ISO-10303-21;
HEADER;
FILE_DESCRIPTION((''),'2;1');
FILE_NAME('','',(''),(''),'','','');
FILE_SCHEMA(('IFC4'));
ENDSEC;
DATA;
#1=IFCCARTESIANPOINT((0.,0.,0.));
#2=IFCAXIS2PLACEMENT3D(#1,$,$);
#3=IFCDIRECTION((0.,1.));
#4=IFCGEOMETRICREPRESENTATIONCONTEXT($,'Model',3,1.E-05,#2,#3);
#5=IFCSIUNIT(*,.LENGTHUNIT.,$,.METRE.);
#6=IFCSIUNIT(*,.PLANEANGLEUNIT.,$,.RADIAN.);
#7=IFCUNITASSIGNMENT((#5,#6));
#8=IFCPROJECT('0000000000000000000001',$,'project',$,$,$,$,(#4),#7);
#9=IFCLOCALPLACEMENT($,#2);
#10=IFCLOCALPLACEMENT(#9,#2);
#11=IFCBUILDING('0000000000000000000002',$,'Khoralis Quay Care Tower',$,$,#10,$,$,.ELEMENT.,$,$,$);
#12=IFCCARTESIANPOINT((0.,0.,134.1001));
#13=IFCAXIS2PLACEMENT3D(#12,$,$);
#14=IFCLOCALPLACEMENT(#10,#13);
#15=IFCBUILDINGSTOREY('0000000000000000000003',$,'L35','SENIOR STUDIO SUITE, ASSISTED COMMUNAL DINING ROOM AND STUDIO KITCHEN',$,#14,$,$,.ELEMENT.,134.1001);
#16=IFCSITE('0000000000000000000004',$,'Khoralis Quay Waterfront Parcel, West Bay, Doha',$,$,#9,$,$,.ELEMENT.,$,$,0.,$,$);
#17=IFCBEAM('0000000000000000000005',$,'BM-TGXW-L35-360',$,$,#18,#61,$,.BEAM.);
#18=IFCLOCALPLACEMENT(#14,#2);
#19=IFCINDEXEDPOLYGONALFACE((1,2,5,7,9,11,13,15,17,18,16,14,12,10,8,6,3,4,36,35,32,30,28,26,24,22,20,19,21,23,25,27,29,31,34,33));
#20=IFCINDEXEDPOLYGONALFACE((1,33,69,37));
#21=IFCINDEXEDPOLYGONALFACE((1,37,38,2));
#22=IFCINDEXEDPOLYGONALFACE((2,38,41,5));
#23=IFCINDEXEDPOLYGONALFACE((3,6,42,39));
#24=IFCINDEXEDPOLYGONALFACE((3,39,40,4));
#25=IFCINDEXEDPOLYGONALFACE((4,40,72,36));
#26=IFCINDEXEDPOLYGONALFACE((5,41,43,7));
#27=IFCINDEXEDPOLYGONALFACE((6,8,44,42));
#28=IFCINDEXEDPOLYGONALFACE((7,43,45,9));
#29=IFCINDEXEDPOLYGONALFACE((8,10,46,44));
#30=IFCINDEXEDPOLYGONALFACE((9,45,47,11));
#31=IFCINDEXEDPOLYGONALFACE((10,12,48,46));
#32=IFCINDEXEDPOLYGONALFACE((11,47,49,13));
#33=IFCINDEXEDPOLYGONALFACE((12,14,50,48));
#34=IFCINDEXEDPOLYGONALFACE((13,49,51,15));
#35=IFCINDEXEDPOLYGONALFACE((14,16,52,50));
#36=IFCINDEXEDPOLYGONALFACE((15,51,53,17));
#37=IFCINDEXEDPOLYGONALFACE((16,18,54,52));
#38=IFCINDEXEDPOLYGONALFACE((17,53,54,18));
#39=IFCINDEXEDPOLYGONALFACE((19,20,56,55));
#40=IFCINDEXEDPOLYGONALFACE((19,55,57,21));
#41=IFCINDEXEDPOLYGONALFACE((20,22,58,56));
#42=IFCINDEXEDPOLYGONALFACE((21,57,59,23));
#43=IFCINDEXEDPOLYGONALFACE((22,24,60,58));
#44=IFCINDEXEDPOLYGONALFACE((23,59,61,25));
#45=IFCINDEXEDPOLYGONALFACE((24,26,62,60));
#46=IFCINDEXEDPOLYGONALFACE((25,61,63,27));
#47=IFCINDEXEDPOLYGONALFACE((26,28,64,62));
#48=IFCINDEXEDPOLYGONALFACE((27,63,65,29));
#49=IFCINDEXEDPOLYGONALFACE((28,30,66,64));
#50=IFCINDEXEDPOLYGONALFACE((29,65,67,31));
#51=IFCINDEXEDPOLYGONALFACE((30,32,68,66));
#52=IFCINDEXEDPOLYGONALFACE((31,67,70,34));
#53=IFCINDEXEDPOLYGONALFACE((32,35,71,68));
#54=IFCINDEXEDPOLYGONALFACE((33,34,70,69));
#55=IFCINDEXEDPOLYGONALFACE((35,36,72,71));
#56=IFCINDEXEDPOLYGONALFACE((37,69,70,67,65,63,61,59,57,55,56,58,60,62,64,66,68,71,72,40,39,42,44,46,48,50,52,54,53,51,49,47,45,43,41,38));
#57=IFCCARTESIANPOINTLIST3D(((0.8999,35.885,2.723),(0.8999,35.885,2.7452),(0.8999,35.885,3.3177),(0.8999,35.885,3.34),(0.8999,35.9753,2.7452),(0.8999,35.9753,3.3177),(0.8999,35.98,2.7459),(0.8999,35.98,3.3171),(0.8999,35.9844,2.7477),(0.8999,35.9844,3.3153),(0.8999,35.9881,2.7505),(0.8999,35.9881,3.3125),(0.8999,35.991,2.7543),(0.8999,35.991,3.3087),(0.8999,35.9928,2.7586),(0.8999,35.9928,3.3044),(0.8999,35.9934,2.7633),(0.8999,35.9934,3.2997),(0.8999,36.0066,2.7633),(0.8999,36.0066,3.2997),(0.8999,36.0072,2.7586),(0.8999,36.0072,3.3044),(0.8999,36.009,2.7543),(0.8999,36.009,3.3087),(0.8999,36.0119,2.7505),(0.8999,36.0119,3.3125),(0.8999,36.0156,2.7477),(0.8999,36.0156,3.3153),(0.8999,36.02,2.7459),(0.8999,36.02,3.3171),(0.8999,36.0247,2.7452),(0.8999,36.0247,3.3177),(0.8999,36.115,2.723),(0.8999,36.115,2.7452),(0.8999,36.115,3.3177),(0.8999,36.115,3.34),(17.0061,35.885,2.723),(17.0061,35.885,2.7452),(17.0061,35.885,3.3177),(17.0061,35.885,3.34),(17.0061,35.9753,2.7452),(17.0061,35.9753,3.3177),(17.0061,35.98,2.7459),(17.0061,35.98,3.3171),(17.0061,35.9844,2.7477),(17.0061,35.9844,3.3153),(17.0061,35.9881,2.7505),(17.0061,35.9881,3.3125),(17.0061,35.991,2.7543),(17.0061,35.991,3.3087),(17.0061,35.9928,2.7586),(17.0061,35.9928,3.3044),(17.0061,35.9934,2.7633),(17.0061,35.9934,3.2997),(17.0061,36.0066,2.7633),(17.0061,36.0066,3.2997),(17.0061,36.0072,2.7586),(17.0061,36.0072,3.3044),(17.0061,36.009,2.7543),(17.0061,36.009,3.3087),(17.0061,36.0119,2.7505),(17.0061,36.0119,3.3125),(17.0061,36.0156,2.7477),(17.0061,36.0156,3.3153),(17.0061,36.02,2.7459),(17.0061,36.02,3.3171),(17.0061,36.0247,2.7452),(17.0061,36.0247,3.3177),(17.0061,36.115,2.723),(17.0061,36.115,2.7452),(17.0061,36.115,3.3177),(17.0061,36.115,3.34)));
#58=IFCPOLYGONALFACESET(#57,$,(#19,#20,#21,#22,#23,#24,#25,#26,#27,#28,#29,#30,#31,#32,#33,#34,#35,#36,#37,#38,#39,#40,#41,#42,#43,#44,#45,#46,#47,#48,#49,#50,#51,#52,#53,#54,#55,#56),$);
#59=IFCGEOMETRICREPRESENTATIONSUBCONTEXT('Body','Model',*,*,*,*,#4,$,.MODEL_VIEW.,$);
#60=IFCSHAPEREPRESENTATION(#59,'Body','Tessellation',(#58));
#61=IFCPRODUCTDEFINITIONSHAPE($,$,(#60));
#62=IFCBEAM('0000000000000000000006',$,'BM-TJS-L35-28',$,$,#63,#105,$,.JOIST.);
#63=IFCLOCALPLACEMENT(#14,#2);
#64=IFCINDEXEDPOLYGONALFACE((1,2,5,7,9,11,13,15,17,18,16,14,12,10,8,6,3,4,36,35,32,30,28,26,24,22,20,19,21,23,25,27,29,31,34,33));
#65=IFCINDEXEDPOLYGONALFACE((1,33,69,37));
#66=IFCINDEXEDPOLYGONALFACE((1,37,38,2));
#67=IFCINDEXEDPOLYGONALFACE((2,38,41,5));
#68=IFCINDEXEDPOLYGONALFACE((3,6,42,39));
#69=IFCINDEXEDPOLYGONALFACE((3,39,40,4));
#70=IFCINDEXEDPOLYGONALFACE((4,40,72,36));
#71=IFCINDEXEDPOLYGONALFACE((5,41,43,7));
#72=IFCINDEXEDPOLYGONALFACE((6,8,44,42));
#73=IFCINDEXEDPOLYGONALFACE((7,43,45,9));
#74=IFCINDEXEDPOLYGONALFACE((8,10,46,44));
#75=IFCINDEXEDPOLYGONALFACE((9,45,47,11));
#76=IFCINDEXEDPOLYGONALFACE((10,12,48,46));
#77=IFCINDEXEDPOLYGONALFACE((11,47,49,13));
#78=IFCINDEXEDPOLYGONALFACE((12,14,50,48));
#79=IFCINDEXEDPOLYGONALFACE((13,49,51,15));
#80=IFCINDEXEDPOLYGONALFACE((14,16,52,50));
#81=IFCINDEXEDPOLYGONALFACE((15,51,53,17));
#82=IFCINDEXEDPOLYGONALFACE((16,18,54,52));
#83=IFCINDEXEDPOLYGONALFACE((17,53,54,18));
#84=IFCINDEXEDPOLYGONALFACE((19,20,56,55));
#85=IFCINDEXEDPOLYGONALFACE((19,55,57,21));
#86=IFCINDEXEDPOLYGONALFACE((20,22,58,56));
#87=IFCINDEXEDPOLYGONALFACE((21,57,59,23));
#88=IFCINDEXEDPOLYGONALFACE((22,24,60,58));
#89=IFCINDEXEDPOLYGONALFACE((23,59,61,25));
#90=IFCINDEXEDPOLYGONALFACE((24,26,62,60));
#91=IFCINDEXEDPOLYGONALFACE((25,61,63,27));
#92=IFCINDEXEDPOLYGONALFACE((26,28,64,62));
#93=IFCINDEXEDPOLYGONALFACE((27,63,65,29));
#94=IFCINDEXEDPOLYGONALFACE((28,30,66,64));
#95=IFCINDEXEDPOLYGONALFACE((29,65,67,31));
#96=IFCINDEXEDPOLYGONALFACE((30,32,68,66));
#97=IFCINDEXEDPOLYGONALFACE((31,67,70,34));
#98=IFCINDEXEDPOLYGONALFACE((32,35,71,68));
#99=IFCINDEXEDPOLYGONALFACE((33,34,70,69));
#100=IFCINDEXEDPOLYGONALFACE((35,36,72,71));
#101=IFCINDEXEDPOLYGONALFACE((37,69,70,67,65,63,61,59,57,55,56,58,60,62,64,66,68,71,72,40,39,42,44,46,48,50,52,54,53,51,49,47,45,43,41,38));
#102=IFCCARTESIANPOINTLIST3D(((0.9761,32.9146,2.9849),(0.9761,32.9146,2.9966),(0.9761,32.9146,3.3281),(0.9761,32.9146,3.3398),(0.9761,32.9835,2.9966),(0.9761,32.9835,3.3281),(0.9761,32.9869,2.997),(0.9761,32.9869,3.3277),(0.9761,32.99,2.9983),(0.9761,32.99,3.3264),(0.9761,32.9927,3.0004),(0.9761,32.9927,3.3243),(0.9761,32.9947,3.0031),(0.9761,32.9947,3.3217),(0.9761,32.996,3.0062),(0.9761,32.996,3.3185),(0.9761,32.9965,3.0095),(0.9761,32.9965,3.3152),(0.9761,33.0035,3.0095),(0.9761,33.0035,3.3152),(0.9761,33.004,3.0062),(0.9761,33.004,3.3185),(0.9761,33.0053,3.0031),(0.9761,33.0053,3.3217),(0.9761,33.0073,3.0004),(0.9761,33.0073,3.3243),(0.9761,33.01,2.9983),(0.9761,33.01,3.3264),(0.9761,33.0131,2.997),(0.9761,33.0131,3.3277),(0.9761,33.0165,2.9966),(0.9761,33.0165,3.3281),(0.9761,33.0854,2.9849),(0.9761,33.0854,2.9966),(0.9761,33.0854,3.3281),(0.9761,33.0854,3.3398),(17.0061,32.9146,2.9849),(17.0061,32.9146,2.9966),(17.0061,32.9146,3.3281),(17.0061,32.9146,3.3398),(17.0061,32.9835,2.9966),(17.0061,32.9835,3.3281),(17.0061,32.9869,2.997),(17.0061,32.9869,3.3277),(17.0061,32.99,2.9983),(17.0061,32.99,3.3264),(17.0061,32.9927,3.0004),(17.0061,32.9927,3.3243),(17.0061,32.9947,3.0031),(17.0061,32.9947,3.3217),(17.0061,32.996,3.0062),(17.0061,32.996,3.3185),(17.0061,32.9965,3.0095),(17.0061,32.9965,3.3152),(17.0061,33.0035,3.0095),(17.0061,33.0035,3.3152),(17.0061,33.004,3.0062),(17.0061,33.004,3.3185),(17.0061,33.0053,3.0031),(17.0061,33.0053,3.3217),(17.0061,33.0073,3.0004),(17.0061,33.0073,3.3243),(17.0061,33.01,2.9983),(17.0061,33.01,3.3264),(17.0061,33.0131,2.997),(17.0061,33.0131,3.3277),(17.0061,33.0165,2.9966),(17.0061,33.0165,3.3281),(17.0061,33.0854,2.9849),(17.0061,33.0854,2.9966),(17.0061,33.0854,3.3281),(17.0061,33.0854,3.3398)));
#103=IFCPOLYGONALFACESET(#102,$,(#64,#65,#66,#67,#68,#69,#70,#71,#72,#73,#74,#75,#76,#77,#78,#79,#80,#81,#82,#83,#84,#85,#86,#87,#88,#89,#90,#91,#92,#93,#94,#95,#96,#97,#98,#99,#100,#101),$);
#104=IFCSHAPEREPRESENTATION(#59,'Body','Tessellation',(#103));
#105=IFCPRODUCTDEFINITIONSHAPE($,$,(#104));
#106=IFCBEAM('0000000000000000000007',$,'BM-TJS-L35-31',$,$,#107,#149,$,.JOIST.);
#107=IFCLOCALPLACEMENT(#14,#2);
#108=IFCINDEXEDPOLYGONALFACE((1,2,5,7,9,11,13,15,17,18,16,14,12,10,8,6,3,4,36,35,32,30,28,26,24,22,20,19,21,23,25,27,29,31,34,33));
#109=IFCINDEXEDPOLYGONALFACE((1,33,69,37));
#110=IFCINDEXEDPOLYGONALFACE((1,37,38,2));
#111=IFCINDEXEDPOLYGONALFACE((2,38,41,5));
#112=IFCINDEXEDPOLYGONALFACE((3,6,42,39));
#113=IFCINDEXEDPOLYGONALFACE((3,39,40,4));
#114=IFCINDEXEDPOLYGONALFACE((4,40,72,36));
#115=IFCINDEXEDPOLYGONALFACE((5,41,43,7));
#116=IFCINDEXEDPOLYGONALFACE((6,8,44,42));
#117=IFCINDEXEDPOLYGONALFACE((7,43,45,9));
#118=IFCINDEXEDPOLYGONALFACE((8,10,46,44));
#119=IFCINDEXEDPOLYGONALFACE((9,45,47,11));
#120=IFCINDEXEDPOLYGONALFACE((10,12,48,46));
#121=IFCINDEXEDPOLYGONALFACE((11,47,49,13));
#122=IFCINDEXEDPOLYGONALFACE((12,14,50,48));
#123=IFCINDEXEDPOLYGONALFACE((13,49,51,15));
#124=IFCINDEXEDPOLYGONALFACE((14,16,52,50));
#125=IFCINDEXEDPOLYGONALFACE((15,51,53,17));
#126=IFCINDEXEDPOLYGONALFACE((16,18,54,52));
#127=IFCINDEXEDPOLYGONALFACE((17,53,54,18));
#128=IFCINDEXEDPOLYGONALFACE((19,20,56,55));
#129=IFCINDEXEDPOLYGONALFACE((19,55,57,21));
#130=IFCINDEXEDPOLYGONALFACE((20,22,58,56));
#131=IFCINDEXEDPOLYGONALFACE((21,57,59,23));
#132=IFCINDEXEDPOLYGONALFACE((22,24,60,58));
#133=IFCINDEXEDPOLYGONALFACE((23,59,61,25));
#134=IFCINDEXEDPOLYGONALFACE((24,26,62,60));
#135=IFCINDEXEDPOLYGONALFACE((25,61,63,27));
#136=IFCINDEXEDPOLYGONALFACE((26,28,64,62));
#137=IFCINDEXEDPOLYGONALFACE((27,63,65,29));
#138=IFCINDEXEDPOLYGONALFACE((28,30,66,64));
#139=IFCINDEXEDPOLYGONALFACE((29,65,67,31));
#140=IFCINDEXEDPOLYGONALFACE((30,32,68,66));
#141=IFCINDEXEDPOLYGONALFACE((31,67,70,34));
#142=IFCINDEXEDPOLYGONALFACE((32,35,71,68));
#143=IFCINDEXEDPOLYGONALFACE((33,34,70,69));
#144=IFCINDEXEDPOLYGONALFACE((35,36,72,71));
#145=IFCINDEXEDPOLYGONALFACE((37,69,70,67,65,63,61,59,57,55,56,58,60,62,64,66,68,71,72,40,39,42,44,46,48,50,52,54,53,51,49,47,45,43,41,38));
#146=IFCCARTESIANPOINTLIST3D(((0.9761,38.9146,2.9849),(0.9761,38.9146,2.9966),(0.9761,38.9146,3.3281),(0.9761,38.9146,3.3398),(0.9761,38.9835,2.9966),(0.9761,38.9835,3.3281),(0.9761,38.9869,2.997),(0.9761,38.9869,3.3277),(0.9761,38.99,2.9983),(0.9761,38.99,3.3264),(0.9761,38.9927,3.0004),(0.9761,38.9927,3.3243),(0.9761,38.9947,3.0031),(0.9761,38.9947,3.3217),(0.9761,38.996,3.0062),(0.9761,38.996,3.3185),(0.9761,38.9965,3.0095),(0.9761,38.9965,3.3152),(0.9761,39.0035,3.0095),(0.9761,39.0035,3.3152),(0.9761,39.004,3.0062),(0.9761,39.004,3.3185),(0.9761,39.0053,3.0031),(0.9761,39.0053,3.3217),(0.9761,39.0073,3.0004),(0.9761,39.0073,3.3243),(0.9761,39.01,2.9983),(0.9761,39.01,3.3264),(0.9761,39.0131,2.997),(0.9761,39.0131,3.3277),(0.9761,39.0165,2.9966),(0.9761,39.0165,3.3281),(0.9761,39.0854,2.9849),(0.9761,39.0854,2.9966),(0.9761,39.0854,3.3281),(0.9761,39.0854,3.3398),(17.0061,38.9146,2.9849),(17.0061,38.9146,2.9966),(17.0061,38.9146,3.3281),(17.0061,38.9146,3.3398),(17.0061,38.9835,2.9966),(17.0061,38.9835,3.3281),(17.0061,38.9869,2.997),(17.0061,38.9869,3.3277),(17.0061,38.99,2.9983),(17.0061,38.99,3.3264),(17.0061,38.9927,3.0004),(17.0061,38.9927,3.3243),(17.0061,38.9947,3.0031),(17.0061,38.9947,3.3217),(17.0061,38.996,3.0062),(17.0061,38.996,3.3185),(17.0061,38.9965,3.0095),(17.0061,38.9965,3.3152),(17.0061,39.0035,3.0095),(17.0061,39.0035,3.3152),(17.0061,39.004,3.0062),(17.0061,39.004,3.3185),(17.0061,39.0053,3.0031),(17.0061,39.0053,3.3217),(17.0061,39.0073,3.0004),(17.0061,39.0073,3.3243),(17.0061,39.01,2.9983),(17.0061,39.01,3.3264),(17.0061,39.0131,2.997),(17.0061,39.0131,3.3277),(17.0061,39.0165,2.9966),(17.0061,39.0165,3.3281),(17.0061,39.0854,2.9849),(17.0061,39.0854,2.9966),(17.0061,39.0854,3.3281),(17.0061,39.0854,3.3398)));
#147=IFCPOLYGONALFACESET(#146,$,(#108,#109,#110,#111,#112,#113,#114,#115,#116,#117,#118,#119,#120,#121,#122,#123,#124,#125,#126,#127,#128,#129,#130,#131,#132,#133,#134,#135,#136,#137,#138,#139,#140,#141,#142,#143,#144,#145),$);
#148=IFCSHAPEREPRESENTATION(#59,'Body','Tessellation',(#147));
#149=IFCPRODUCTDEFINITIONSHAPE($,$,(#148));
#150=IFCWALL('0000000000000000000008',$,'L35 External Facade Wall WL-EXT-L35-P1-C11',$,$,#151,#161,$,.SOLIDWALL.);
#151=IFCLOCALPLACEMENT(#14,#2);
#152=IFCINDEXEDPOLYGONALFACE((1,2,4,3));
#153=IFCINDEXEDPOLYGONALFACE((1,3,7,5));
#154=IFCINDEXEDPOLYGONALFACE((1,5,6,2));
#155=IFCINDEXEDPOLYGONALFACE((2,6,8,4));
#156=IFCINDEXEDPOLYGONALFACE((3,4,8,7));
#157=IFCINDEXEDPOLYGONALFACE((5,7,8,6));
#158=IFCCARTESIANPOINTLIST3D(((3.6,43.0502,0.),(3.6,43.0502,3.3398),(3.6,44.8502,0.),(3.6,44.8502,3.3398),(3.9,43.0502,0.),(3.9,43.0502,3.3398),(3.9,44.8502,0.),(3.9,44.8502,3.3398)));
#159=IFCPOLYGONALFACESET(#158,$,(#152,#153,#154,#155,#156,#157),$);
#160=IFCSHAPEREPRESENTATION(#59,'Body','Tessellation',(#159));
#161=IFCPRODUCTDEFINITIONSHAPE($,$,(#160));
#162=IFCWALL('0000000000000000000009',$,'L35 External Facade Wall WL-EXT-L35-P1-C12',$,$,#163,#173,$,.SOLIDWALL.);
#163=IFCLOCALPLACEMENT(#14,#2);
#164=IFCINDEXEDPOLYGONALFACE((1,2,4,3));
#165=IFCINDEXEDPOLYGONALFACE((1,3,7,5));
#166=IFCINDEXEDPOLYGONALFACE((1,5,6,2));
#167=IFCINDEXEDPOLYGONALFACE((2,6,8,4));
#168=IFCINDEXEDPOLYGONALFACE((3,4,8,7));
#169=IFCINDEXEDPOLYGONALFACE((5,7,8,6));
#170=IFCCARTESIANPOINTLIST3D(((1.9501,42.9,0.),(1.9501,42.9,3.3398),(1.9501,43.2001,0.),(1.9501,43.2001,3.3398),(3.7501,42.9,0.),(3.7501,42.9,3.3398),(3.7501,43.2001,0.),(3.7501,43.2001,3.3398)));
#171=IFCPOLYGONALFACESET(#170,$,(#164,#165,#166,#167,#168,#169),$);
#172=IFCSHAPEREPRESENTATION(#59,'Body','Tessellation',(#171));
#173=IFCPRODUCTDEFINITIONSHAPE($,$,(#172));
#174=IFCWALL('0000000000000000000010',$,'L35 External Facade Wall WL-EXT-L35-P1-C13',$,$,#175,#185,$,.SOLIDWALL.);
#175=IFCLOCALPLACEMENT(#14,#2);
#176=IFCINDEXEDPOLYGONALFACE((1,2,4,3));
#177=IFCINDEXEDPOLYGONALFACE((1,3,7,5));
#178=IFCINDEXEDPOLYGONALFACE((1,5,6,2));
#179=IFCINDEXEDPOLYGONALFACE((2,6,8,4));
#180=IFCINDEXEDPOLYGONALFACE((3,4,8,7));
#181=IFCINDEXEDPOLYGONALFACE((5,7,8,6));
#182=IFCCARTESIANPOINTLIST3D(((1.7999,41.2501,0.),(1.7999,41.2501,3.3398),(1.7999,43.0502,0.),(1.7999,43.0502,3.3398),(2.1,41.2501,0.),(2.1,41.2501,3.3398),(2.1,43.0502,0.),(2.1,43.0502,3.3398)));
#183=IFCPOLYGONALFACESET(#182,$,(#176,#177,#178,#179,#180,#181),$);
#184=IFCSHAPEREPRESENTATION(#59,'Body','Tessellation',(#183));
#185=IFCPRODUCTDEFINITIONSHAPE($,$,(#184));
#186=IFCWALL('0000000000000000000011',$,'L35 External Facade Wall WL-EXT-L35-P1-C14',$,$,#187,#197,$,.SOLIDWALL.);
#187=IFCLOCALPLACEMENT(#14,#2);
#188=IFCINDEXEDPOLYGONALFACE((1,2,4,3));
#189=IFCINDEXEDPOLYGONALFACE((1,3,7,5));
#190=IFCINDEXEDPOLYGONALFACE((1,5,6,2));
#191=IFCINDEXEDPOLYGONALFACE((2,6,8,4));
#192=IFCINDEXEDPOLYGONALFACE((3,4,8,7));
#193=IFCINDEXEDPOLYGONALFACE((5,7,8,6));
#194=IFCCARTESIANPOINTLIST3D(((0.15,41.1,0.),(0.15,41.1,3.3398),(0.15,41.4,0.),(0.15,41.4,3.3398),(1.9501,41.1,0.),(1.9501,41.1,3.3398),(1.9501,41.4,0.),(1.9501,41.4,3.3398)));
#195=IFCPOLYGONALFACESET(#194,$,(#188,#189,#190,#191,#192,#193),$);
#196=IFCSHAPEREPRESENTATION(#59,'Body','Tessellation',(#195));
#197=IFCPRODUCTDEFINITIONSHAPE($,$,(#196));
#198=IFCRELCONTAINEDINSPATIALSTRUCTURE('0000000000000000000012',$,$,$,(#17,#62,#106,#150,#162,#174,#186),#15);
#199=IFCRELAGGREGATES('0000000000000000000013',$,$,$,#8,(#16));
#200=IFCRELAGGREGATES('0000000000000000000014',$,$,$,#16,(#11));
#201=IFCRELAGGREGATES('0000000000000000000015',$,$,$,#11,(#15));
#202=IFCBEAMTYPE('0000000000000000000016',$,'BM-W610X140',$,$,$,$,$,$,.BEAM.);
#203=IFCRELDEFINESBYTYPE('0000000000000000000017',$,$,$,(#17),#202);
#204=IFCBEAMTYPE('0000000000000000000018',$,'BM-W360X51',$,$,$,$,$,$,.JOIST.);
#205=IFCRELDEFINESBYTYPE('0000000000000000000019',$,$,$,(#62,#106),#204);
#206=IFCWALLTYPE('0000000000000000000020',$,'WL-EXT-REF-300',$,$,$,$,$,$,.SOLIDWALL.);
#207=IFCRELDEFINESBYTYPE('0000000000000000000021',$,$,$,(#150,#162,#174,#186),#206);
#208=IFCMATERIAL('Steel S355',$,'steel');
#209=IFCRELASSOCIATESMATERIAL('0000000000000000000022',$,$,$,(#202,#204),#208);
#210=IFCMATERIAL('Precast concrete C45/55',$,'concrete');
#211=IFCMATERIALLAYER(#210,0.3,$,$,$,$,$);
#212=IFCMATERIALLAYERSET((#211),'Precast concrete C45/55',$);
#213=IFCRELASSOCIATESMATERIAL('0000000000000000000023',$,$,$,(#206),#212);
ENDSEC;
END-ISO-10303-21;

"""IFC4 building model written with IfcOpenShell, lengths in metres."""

from ifc_helpers import new_model, si_unit, direction, frame, frame_2d, origin, origin_2d, place, context, subcontext, project, spatial, rectangle, i_section, extrude, source, transform, mapped, material, layer, layer_set, material_profile, profile_set, type_object, element, save


model = new_model("IFC4")

# Units and contexts
model_context = context("Model", 3, precision=1e-05, world=origin(), true_north=direction((0.0, 1.0)))
body_context = subcontext(model_context, "Body", "Model", "MODEL_VIEW")
ifc_project = project(units=[si_unit("LENGTHUNIT", "METRE"), si_unit("PLANEANGLEUNIT", "RADIAN")], contexts=[model_context])

# Site, building, storey
site_placement = place(None, origin())
site = spatial("IfcSite", under=ifc_project, at=site_placement, Name="Khoralis Quay Waterfront Parcel, West Bay, Doha", CompositionType="ELEMENT", RefElevation=0.0)
building_placement = place(site_placement, origin())
building = spatial("IfcBuilding", under=site, at=building_placement, Name="Khoralis Quay Care Tower", CompositionType="ELEMENT")
storey_placement = place(building_placement, frame((0.0, 0.0, 134.1001)))
storey = spatial("IfcBuildingStorey", under=building, at=storey_placement, Name="L35", Description="SENIOR STUDIO SUITE, ASSISTED COMMUNAL DINING ROOM AND STUDIO KITCHEN", CompositionType="ELEMENT", Elevation=134.1001)

# Beams
ifc_material_1 = material(Name="Steel S355", Category="steel")
ifc_material_profile_1 = material_profile(ifc_material_1, i_section(OverallWidth=0.23, OverallDepth=0.6169, WebThickness=0.0132, FlangeThickness=0.0222, FilletRadius=0.0181, at=origin_2d()), Name="Steel S355")
ifc_profile_set_1 = profile_set([ifc_material_profile_1], Name="Steel S355")
beam_type_1 = type_object("IfcBeamType", Name="BM-W610X140", PredefinedType="BEAM", material=ifc_profile_set_1)
shared_shape_1 = source(origin(), body_context, "Body", "SweptSolid", [
    extrude(i_section(OverallWidth=0.23, OverallDepth=0.6169, WebThickness=0.0132, FlangeThickness=0.0222, FilletRadius=0.0181, at=origin_2d()), origin(), (0.0, 0.0, 1.0), 16.1062),
])
beam_1_placement = place(storey_placement, frame((0.8999, 36.0, 3.0315), z_axis=(1.0, 0.0, 0.0), x_axis=(0.0, 1.0, 0.0)))
element("IfcBeam", 1, at=beam_1_placement, inside=storey, type_object=beam_type_1, Name="BM-TGXW-L35-360", PredefinedType="BEAM", context=body_context, shape_type="MappedRepresentation", body=[
    mapped(shared_shape_1, transform((0.0, 0.0, 0.0), scale=1.0)),
])
ifc_material_profile_2 = material_profile(ifc_material_1, i_section(OverallWidth=0.1709, OverallDepth=0.355, WebThickness=0.0071, FlangeThickness=0.0117, FilletRadius=0.0129, at=origin_2d()), Name="Steel S355")
ifc_profile_set_2 = profile_set([ifc_material_profile_2], Name="Steel S355")
beam_type_2 = type_object("IfcBeamType", Name="BM-W360X51", PredefinedType="JOIST", material=ifc_profile_set_2)
shared_shape_2 = source(origin(), body_context, "Body", "SweptSolid", [
    extrude(i_section(OverallWidth=0.1709, OverallDepth=0.355, WebThickness=0.0071, FlangeThickness=0.0117, FilletRadius=0.0129, at=origin_2d()), origin(), (0.0, 0.0, 1.0), 16.03),
])
for number, where, z_axis, x_axis, name in (
    (2, (0.9761, 33.0, 3.1624), (1.0, 0.0, 0.0), (0.0, 1.0, 0.0), "BM-TJS-L35-28"),
    (3, (0.9761, 39.0, 3.1624), (1.0, 0.0, 0.0), (0.0, 1.0, 0.0), "BM-TJS-L35-31"),
):
    element("IfcBeam", number, at=place(storey_placement, frame(where, z_axis=z_axis, x_axis=x_axis)), inside=storey, type_object=beam_type_2, Name=name, PredefinedType="JOIST", context=body_context, shape_type="MappedRepresentation", body=[
        mapped(shared_shape_2, transform((0.0, 0.0, 0.0), scale=1.0)),
    ])

# Walls
ifc_material_2 = material(Name="Precast concrete C45/55", Category="concrete")
ifc_layer_1 = layer(ifc_material_2, 0.3)
ifc_layer_set_1 = layer_set([ifc_layer_1], Name="Precast concrete C45/55")
wall_type_1 = type_object("IfcWallType", Name="WL-EXT-REF-300", PredefinedType="SOLIDWALL", material=ifc_layer_set_1)
for number, where, z_axis, x_axis, name in (
    (4, (3.75, 44.8501, 0.0), (0.0, 0.0, 1.0), (0.0, -1.0, 0.0), "L35 External Facade Wall WL-EXT-L35-P1-C11"),
    (5, (3.75, 43.05, 0.0), (0.0, 0.0, 1.0), (-1.0, 0.0, 0.0), "L35 External Facade Wall WL-EXT-L35-P1-C12"),
    (6, (1.95, 43.05, 0.0), (0.0, 0.0, 1.0), (0.0, -1.0, 0.0), "L35 External Facade Wall WL-EXT-L35-P1-C13"),
    (7, (1.95, 41.25, 0.0), (0.0, 0.0, 1.0), (-1.0, 0.0, 0.0), "L35 External Facade Wall WL-EXT-L35-P1-C14"),
):
    element("IfcWall", number, at=place(storey_placement, frame(where, z_axis=z_axis, x_axis=x_axis)), inside=storey, type_object=wall_type_1, Name=name, PredefinedType="SOLIDWALL", context=body_context, shape_type="SweptSolid", body=[
        extrude(rectangle(XDim=1.8, YDim=0.3, at=frame_2d((0.8999, 0.0))), origin(), (0.0, 0.0, 1.0), 3.3398),
    ])

save(model, "model.ifc")
